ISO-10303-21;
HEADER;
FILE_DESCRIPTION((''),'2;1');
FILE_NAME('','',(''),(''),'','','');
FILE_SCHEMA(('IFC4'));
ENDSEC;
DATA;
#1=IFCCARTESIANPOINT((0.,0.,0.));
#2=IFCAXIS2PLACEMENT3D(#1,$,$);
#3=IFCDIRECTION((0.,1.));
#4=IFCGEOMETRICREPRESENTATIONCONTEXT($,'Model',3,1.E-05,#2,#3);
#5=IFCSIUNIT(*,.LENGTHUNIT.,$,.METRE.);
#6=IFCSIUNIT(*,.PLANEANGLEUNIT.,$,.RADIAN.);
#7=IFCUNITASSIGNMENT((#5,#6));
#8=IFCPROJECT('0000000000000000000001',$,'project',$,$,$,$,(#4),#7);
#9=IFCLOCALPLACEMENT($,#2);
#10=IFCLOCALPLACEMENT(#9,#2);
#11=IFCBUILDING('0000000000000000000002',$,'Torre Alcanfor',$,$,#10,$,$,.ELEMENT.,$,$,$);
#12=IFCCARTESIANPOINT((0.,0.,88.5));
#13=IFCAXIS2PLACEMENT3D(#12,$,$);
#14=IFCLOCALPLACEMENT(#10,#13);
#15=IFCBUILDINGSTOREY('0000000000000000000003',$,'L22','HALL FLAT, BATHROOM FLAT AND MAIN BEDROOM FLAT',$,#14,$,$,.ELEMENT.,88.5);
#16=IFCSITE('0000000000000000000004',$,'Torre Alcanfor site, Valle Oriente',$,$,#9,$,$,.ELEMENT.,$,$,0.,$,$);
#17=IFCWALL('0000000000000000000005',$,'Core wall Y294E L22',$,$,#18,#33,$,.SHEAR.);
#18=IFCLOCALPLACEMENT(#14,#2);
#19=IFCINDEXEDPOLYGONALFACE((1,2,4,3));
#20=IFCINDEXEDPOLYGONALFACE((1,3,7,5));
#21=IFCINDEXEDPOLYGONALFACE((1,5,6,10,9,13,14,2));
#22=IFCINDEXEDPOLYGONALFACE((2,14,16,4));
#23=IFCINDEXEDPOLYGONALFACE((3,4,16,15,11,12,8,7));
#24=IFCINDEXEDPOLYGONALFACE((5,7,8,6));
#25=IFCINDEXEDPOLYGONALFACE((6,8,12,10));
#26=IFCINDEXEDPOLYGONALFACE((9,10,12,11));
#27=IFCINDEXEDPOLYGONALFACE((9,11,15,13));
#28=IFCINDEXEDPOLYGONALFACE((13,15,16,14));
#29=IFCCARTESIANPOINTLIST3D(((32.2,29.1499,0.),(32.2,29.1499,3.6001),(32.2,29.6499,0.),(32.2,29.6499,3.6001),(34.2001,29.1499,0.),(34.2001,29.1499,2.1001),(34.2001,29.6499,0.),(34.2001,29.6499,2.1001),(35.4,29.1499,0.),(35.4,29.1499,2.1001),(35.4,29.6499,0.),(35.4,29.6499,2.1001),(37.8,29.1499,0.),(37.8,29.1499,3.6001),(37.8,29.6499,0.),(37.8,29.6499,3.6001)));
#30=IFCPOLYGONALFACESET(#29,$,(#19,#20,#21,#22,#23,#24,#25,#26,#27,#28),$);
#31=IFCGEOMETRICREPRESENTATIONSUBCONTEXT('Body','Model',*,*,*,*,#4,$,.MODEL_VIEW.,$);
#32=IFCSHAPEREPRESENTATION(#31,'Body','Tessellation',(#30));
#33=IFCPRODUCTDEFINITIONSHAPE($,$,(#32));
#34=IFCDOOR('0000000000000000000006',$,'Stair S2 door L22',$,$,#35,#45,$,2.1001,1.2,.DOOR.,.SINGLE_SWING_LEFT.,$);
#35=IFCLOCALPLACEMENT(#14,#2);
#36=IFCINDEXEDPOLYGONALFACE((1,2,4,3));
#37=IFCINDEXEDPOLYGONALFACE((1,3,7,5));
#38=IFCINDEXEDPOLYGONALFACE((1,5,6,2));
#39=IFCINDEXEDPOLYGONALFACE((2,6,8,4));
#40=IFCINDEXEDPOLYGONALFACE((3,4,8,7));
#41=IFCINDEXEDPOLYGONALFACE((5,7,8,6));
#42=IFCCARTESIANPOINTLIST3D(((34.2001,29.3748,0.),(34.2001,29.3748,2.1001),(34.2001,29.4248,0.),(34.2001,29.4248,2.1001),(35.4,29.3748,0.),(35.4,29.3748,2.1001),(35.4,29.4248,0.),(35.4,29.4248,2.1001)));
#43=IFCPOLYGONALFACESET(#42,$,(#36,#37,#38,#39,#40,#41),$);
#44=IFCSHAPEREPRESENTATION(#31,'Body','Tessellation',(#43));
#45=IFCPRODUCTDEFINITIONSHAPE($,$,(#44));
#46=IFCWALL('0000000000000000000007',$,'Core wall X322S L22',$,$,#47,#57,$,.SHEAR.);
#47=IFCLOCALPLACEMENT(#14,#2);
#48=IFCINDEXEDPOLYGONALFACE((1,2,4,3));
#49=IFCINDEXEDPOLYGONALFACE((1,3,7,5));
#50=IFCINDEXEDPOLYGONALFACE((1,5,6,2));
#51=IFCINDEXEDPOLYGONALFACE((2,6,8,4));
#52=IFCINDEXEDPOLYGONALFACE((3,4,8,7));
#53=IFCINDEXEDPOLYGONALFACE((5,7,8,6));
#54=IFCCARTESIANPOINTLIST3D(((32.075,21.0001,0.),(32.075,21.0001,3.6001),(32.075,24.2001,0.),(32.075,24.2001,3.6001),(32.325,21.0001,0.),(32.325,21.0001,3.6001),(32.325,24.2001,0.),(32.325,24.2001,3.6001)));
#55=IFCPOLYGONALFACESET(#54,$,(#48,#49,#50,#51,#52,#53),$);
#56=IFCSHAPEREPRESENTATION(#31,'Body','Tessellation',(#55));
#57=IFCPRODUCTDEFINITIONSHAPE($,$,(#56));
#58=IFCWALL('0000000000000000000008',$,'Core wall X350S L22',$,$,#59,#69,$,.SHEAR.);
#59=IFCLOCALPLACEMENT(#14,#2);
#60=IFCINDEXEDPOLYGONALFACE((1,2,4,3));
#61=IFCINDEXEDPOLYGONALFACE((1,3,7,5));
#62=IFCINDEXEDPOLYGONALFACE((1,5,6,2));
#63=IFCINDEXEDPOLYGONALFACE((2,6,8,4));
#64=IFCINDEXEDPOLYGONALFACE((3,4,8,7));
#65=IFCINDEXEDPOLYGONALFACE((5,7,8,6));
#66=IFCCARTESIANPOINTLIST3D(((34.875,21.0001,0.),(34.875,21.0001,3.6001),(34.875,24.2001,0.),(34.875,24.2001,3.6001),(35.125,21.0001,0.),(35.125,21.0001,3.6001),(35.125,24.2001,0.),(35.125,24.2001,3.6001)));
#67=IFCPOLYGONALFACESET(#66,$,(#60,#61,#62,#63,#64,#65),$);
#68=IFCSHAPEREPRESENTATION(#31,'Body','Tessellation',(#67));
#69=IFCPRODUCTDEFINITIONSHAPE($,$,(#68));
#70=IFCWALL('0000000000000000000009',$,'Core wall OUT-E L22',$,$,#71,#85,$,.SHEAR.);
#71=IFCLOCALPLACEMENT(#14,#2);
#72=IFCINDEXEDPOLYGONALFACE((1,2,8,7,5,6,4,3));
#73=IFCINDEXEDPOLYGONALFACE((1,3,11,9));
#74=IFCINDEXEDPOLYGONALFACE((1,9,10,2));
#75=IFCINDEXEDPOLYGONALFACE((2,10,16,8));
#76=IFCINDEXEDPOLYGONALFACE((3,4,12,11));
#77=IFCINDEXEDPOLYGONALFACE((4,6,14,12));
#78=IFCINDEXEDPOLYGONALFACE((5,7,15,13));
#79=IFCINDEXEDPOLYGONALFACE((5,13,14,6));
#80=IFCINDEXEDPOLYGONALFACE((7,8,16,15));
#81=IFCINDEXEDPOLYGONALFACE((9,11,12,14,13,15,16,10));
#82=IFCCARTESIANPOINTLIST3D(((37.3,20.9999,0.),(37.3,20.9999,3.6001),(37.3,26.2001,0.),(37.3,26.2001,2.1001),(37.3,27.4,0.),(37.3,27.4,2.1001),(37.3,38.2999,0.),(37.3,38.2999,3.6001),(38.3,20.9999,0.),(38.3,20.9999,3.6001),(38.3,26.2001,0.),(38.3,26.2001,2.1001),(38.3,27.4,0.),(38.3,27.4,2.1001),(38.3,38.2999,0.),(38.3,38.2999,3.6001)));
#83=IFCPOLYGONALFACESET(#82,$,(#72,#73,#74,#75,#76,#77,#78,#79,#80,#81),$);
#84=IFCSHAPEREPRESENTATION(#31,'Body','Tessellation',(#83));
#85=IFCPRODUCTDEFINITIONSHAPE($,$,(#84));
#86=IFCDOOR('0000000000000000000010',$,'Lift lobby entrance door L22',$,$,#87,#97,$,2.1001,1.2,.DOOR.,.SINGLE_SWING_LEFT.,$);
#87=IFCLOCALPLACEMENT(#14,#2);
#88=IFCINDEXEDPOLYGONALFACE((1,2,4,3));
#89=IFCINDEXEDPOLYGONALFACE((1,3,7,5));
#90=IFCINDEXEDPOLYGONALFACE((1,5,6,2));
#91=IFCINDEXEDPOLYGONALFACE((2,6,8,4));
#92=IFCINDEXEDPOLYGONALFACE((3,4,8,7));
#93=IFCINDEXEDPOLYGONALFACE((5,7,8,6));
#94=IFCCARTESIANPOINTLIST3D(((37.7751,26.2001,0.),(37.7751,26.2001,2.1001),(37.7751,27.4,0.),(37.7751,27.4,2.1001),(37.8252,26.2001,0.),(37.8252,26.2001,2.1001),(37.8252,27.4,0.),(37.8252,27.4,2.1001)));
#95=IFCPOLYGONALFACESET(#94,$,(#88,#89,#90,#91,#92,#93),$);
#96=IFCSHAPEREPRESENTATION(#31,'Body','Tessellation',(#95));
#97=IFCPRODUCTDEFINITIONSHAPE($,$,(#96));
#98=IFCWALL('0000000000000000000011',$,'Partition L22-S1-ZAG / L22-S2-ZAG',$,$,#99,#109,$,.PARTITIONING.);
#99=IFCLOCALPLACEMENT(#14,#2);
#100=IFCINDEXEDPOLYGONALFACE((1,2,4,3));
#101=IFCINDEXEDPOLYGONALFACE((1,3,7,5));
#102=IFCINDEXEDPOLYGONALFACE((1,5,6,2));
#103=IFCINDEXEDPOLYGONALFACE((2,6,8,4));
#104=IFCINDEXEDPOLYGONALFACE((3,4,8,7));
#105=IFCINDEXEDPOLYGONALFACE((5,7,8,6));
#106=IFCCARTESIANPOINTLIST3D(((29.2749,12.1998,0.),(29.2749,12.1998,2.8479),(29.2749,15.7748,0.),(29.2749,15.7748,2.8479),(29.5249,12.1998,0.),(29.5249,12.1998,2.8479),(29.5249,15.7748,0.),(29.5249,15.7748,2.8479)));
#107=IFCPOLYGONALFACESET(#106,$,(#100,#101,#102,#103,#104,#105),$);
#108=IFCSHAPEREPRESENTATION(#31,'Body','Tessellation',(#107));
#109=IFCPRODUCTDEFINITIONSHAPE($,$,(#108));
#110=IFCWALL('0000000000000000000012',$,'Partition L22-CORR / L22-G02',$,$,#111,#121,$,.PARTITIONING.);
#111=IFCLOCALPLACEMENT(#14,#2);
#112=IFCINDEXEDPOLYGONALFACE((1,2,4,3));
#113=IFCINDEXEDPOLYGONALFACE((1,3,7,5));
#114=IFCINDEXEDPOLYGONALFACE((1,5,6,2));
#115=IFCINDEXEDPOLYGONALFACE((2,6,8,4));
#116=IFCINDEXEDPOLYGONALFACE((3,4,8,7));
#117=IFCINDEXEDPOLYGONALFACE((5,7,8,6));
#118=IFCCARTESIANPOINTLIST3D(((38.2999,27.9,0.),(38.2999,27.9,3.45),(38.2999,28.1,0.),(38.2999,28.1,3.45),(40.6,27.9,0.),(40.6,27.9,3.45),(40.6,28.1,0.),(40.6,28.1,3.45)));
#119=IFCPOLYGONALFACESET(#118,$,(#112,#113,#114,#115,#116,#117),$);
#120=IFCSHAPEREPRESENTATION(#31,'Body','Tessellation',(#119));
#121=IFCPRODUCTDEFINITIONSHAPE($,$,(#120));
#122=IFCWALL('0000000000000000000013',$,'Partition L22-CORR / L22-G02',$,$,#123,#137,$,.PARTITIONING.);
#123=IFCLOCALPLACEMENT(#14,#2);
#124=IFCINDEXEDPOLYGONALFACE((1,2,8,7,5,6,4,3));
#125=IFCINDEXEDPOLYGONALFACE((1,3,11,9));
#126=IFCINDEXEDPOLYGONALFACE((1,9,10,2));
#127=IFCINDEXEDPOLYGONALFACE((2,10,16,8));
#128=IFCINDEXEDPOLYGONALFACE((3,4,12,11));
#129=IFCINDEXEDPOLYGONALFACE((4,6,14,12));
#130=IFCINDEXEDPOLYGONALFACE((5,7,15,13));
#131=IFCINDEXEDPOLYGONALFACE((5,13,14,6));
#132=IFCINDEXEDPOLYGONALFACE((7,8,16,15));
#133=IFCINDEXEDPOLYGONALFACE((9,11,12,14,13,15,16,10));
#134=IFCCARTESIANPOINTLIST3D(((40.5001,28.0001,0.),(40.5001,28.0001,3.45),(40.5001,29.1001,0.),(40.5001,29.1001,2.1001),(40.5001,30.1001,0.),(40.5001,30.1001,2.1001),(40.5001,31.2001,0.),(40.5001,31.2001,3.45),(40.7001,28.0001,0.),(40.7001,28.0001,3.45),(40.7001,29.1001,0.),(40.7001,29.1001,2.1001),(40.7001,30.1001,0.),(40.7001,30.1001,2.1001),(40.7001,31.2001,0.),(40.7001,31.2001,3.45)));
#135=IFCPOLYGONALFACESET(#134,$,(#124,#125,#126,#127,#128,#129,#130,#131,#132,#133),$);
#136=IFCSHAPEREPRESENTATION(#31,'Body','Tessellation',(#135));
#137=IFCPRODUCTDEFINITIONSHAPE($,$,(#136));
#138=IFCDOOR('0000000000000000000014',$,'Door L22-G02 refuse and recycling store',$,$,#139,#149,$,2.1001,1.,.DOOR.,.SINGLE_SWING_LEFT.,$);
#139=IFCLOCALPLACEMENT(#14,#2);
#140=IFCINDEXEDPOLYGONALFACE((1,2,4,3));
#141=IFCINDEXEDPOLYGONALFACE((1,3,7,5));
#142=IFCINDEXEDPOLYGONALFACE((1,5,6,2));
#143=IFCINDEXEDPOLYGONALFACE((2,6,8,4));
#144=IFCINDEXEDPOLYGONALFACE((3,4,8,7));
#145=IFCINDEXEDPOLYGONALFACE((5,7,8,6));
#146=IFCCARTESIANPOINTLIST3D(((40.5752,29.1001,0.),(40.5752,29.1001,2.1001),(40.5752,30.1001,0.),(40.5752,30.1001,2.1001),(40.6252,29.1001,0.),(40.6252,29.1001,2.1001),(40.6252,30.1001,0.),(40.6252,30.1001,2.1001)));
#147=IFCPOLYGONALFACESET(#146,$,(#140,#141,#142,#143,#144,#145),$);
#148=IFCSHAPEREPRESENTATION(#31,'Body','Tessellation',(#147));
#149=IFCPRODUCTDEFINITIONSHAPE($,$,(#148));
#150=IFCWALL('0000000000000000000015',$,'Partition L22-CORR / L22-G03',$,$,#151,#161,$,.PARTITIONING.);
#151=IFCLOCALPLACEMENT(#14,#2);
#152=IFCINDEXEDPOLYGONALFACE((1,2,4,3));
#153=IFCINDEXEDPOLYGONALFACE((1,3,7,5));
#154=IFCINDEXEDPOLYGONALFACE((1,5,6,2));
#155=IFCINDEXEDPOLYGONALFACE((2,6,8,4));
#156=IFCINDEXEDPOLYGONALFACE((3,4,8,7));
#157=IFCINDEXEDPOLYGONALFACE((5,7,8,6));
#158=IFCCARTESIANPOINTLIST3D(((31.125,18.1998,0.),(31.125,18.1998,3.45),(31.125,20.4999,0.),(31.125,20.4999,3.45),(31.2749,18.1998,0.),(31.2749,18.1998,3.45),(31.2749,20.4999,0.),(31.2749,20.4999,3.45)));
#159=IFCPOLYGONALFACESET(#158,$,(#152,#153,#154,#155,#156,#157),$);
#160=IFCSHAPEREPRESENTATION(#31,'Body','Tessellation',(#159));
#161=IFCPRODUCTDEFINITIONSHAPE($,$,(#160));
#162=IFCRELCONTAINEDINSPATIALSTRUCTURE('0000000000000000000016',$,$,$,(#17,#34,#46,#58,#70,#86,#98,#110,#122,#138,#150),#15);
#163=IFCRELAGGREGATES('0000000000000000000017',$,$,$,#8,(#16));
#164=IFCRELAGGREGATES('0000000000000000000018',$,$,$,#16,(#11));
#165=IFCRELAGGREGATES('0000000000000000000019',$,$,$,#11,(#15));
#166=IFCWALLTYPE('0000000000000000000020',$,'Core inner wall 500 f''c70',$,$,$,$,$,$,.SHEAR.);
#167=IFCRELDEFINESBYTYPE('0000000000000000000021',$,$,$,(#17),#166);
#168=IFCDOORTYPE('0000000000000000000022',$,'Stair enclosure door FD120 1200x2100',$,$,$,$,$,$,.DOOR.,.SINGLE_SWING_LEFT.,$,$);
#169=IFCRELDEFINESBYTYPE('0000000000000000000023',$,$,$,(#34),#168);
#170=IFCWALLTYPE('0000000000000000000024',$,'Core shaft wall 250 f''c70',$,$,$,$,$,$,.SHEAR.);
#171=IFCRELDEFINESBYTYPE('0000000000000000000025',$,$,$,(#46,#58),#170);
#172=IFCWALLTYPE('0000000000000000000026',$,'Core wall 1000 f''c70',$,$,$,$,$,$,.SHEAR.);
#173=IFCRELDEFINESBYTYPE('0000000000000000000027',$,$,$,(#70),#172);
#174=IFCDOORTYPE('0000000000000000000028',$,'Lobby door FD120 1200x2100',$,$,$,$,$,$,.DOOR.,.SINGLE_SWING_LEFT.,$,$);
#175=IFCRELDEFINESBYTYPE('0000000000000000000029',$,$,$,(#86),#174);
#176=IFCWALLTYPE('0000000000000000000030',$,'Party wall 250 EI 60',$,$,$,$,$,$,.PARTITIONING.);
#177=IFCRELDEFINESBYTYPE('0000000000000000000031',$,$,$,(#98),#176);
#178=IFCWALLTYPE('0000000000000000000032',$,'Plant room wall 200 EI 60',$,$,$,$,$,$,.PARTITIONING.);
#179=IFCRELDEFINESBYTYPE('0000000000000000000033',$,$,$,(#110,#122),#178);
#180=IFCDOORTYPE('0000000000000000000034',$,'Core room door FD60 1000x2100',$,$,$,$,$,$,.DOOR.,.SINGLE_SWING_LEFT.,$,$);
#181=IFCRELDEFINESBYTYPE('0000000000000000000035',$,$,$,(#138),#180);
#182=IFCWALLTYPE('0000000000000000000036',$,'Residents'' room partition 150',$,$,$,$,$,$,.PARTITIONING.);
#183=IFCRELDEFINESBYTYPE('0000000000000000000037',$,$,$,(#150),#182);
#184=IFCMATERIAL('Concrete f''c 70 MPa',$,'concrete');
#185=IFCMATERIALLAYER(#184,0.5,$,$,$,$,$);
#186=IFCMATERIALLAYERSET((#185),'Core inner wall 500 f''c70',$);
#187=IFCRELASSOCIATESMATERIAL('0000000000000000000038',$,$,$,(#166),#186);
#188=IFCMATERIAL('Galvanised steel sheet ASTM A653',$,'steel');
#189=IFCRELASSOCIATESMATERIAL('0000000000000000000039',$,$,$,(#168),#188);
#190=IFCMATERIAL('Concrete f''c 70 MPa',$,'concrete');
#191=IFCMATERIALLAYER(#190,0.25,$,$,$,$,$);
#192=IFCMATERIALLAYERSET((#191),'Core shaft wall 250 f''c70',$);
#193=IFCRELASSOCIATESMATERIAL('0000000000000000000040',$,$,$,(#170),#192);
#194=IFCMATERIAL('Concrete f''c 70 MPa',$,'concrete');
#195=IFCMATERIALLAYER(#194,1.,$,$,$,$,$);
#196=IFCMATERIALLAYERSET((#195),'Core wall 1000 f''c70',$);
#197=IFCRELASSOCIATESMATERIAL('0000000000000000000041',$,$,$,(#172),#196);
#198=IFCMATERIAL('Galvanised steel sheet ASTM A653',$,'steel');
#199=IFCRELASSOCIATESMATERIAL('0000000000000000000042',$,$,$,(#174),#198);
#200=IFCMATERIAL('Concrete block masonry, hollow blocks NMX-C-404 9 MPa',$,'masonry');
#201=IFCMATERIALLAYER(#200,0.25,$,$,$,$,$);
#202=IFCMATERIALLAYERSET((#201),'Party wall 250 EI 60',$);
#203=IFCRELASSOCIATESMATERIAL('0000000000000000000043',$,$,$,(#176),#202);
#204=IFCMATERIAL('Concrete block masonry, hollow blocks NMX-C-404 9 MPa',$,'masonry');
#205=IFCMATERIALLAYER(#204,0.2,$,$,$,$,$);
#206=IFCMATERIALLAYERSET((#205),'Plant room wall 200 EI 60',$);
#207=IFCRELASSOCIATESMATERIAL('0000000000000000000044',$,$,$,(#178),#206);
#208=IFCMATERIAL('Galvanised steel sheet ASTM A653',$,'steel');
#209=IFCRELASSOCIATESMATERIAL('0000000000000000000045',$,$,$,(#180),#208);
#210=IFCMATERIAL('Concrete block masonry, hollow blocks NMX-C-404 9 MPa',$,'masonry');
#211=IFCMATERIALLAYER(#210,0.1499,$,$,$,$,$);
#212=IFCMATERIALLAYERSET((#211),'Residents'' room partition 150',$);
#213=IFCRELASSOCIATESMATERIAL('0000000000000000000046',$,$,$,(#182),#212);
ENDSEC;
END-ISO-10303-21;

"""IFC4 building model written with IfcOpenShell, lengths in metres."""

from ifc_helpers import new_model, si_unit, direction, frame, frame_2d, origin, place, context, subcontext, project, spatial, rectangle, extrude, material, layer, layer_set, type_object, element, fill, save


model = new_model("IFC4")

# Units and contexts
model_context = context("Model", 3, precision=1e-05, world=origin(), true_north=direction((0.0, 1.0)))
body_context = subcontext(model_context, "Body", "Model", "MODEL_VIEW")
ifc_project = project(units=[si_unit("LENGTHUNIT", "METRE"), si_unit("PLANEANGLEUNIT", "RADIAN")], contexts=[model_context])

# Site, building, storey
site_placement = place(None, origin())
site = spatial("IfcSite", under=ifc_project, at=site_placement, Name="Torre Alcanfor site, Valle Oriente", CompositionType="ELEMENT", RefElevation=0.0)
building_placement = place(site_placement, origin())
building = spatial("IfcBuilding", under=site, at=building_placement, Name="Torre Alcanfor", CompositionType="ELEMENT")
storey_placement = place(building_placement, frame((0.0, 0.0, 88.5)))
storey = spatial("IfcBuildingStorey", under=building, at=storey_placement, Name="L22", Description="HALL FLAT, BATHROOM FLAT AND MAIN BEDROOM FLAT", CompositionType="ELEMENT", Elevation=88.5)

# Shared definitions
ifc_material_1 = material(Name="Concrete f'c 70 MPa", Category="concrete")
ifc_layer_1 = layer(ifc_material_1, 0.5)
ifc_layer_set_1 = layer_set([ifc_layer_1], Name="Core inner wall 500 f'c70")
wall_type_1 = type_object("IfcWallType", Name="Core inner wall 500 f'c70", PredefinedType="SHEAR", material=ifc_layer_set_1)

# Wall, opening, door
wall_1_placement = place(storey_placement, frame((32.2, 29.3999, 0.0), z_axis=(0.0, 0.0, 1.0), x_axis=(1.0, 0.0, 0.0)))
wall_1 = element("IfcWall", 1, at=wall_1_placement, inside=storey, type_object=wall_type_1, Name="Core wall Y294E L22", PredefinedType="SHEAR", context=body_context, shape_type="SweptSolid", body=[
    extrude(rectangle(XDim=5.6001, YDim=0.5, at=frame_2d((2.8, 0.0))), origin(), (0.0, 0.0, 1.0), 3.6001),
])
opening_1_placement = place(wall_1_placement, frame((2.0, 0.0, 0.0)))
opening_1 = element("IfcOpeningElement", 2, at=opening_1_placement, cuts=wall_1, PredefinedType="OPENING", context=body_context, shape_type="SweptSolid", body=[
    extrude(rectangle(XDim=1.2, YDim=2.1001, at=frame_2d((0.6001, 1.05))), frame((0.0, 0.26, 0.0), z_axis=(0.0, -1.0, 0.0), x_axis=(1.0, 0.0, 0.0)), (0.0, 0.0, 1.0), 0.52),
])
ifc_material_2 = material(Name="Galvanised steel sheet ASTM A653", Category="steel")
door_type_1 = type_object("IfcDoorType", Name="Stair enclosure door FD120 1200x2100", OperationType="SINGLE_SWING_LEFT", PredefinedType="DOOR", material=ifc_material_2)
door_1_placement = place(opening_1_placement, origin())
door_1 = element("IfcDoor", 3, at=door_1_placement, inside=storey, type_object=door_type_1, Name="Stair S2 door L22", OperationType="SINGLE_SWING_LEFT", OverallHeight=2.1001, OverallWidth=1.2, PredefinedType="DOOR", context=body_context, shape_type="SweptSolid", body=[
    extrude(rectangle(XDim=1.2, YDim=2.1001, at=frame_2d((0.6001, 1.05))), frame((0.0, 0.0249, 0.0), z_axis=(0.0, -1.0, 0.0), x_axis=(1.0, 0.0, 0.0)), (0.0, 0.0, 1.0), 0.05),
])
fill(opening_1, door_1)

# Walls
ifc_material_3 = material(Name="Concrete f'c 70 MPa", Category="concrete")
ifc_layer_2 = layer(ifc_material_3, 0.25)
ifc_layer_set_2 = layer_set([ifc_layer_2], Name="Core shaft wall 250 f'c70")
wall_type_2 = type_object("IfcWallType", Name="Core shaft wall 250 f'c70", PredefinedType="SHEAR", material=ifc_layer_set_2)
for number, where, z_axis, x_axis, name in (
    (4, (32.2, 21.0, 0.0), (0.0, 0.0, 1.0), (0.0, 1.0, 0.0), "Core wall X322S L22"),
    (5, (35.0, 21.0, 0.0), (0.0, 0.0, 1.0), (0.0, 1.0, 0.0), "Core wall X350S L22"),
):
    element("IfcWall", number, at=place(storey_placement, frame(where, z_axis=z_axis, x_axis=x_axis)), inside=storey, type_object=wall_type_2, Name=name, PredefinedType="SHEAR", context=body_context, shape_type="SweptSolid", body=[
        extrude(rectangle(XDim=3.2, YDim=0.25, at=frame_2d((1.6001, 0.0))), origin(), (0.0, 0.0, 1.0), 3.6001),
    ])

# Wall, opening, door
ifc_material_4 = material(Name="Concrete f'c 70 MPa", Category="concrete")
ifc_layer_3 = layer(ifc_material_4, 1.0)
ifc_layer_set_3 = layer_set([ifc_layer_3], Name="Core wall 1000 f'c70")
wall_type_3 = type_object("IfcWallType", Name="Core wall 1000 f'c70", PredefinedType="SHEAR", material=ifc_layer_set_3)
wall_2_placement = place(storey_placement, frame((37.8, 21.0, 0.0), z_axis=(0.0, 0.0, 1.0), x_axis=(0.0, 1.0, 0.0)))
wall_2 = element("IfcWall", 6, at=wall_2_placement, inside=storey, type_object=wall_type_3, Name="Core wall OUT-E L22", PredefinedType="SHEAR", context=body_context, shape_type="SweptSolid", body=[
    extrude(rectangle(XDim=17.3, YDim=1.0, at=frame_2d((8.6499, 0.0))), origin(), (0.0, 0.0, 1.0), 3.6001),
])
opening_2_placement = place(wall_2_placement, frame((5.2, 0.0, 0.0)))
opening_2 = element("IfcOpeningElement", 7, at=opening_2_placement, cuts=wall_2, PredefinedType="OPENING", context=body_context, shape_type="SweptSolid", body=[
    extrude(rectangle(XDim=1.2, YDim=2.1001, at=frame_2d((0.6001, 1.05))), frame((0.0, 0.51, 0.0), z_axis=(0.0, -1.0, 0.0), x_axis=(1.0, 0.0, 0.0)), (0.0, 0.0, 1.0), 1.02),
])
ifc_material_5 = material(Name="Galvanised steel sheet ASTM A653", Category="steel")
door_type_2 = type_object("IfcDoorType", Name="Lobby door FD120 1200x2100", OperationType="SINGLE_SWING_LEFT", PredefinedType="DOOR", material=ifc_material_5)
door_2_placement = place(opening_2_placement, origin())
door_2 = element("IfcDoor", 8, at=door_2_placement, inside=storey, type_object=door_type_2, Name="Lift lobby entrance door L22", OperationType="SINGLE_SWING_LEFT", OverallHeight=2.1001, OverallWidth=1.2, PredefinedType="DOOR", context=body_context, shape_type="SweptSolid", body=[
    extrude(rectangle(XDim=1.2, YDim=2.1001, at=frame_2d((0.6001, 1.05))), frame((0.0, 0.0249, 0.0), z_axis=(0.0, -1.0, 0.0), x_axis=(1.0, 0.0, 0.0)), (0.0, 0.0, 1.0), 0.05),
])
fill(opening_2, door_2)

# Walls
ifc_material_6 = material(Name="Concrete block masonry, hollow blocks NMX-C-404 9 MPa", Category="masonry")
ifc_layer_4 = layer(ifc_material_6, 0.25)
ifc_layer_set_4 = layer_set([ifc_layer_4], Name="Party wall 250 EI 60")
wall_type_4 = type_object("IfcWallType", Name="Party wall 250 EI 60", PredefinedType="PARTITIONING", material=ifc_layer_set_4)
wall_3_placement = place(storey_placement, frame((29.3999, 15.7749, 0.0), z_axis=(0.0, 0.0, 1.0), x_axis=(0.0, -1.0, 0.0)))
element("IfcWall", 9, at=wall_3_placement, inside=storey, type_object=wall_type_4, Name="Partition L22-S1-ZAG / L22-S2-ZAG", PredefinedType="PARTITIONING", context=body_context, shape_type="SweptSolid", body=[
    extrude(rectangle(XDim=3.575, YDim=0.25, at=frame_2d((1.7876, 0.0))), origin(), (0.0, 0.0, 1.0), 2.8479),
])
ifc_material_7 = material(Name="Concrete block masonry, hollow blocks NMX-C-404 9 MPa", Category="masonry")
ifc_layer_5 = layer(ifc_material_7, 0.2)
ifc_layer_set_5 = layer_set([ifc_layer_5], Name="Plant room wall 200 EI 60")
wall_type_5 = type_object("IfcWallType", Name="Plant room wall 200 EI 60", PredefinedType="PARTITIONING", material=ifc_layer_set_5)
wall_4_placement = place(storey_placement, frame((38.3, 28.0, 0.0), z_axis=(0.0, 0.0, 1.0), x_axis=(1.0, 0.0, 0.0)))
element("IfcWall", 10, at=wall_4_placement, inside=storey, type_object=wall_type_5, Name="Partition L22-CORR / L22-G02", PredefinedType="PARTITIONING", context=body_context, shape_type="SweptSolid", body=[
    extrude(rectangle(XDim=2.3, YDim=0.2, at=frame_2d((1.1499, 0.0))), origin(), (0.0, 0.0, 1.0), 3.45),
])

# Wall, opening, door
wall_5_placement = place(storey_placement, frame((40.6001, 28.0, 0.0), z_axis=(0.0, 0.0, 1.0), x_axis=(0.0, 1.0, 0.0)))
wall_5 = element("IfcWall", 11, at=wall_5_placement, inside=storey, type_object=wall_type_5, Name="Partition L22-CORR / L22-G02", PredefinedType="PARTITIONING", context=body_context, shape_type="SweptSolid", body=[
    extrude(rectangle(XDim=3.2, YDim=0.2, at=frame_2d((1.6001, 0.0))), origin(), (0.0, 0.0, 1.0), 3.45),
])
opening_3_placement = place(wall_5_placement, frame((1.1001, 0.0, 0.0)))
opening_3 = element("IfcOpeningElement", 12, at=opening_3_placement, cuts=wall_5, PredefinedType="OPENING", context=body_context, shape_type="SweptSolid", body=[
    extrude(rectangle(XDim=1.0, YDim=2.1001, at=frame_2d((0.5, 1.05))), frame((0.0, 0.1099, 0.0), z_axis=(0.0, -1.0, 0.0), x_axis=(1.0, 0.0, 0.0)), (0.0, 0.0, 1.0), 0.22),
])
ifc_material_8 = material(Name="Galvanised steel sheet ASTM A653", Category="steel")
door_type_3 = type_object("IfcDoorType", Name="Core room door FD60 1000x2100", OperationType="SINGLE_SWING_LEFT", PredefinedType="DOOR", material=ifc_material_8)
door_3_placement = place(opening_3_placement, origin())
door_3 = element("IfcDoor", 13, at=door_3_placement, inside=storey, type_object=door_type_3, Name="Door L22-G02 refuse and recycling store", OperationType="SINGLE_SWING_LEFT", OverallHeight=2.1001, OverallWidth=1.0, PredefinedType="DOOR", context=body_context, shape_type="SweptSolid", body=[
    extrude(rectangle(XDim=1.0, YDim=2.1001, at=frame_2d((0.5, 1.05))), frame((0.0, 0.0249, 0.0), z_axis=(0.0, -1.0, 0.0), x_axis=(1.0, 0.0, 0.0)), (0.0, 0.0, 1.0), 0.05),
])
fill(opening_3, door_3)

# Wall
ifc_material_9 = material(Name="Concrete block masonry, hollow blocks NMX-C-404 9 MPa", Category="masonry")
ifc_layer_6 = layer(ifc_material_9, 0.1499)
ifc_layer_set_6 = layer_set([ifc_layer_6], Name="Residents' room partition 150")
wall_type_6 = type_object("IfcWallType", Name="Residents' room partition 150", PredefinedType="PARTITIONING", material=ifc_layer_set_6)
wall_6_placement = place(storey_placement, frame((31.2, 18.2, 0.0), z_axis=(0.0, 0.0, 1.0), x_axis=(0.0, 1.0, 0.0)))
element("IfcWall", 14, at=wall_6_placement, inside=storey, type_object=wall_type_6, Name="Partition L22-CORR / L22-G03", PredefinedType="PARTITIONING", context=body_context, shape_type="SweptSolid", body=[
    extrude(rectangle(XDim=2.3, YDim=0.1499, at=frame_2d((1.1499, 0.0))), origin(), (0.0, 0.0, 1.0), 3.45),
])

save(model, "model.ifc")
